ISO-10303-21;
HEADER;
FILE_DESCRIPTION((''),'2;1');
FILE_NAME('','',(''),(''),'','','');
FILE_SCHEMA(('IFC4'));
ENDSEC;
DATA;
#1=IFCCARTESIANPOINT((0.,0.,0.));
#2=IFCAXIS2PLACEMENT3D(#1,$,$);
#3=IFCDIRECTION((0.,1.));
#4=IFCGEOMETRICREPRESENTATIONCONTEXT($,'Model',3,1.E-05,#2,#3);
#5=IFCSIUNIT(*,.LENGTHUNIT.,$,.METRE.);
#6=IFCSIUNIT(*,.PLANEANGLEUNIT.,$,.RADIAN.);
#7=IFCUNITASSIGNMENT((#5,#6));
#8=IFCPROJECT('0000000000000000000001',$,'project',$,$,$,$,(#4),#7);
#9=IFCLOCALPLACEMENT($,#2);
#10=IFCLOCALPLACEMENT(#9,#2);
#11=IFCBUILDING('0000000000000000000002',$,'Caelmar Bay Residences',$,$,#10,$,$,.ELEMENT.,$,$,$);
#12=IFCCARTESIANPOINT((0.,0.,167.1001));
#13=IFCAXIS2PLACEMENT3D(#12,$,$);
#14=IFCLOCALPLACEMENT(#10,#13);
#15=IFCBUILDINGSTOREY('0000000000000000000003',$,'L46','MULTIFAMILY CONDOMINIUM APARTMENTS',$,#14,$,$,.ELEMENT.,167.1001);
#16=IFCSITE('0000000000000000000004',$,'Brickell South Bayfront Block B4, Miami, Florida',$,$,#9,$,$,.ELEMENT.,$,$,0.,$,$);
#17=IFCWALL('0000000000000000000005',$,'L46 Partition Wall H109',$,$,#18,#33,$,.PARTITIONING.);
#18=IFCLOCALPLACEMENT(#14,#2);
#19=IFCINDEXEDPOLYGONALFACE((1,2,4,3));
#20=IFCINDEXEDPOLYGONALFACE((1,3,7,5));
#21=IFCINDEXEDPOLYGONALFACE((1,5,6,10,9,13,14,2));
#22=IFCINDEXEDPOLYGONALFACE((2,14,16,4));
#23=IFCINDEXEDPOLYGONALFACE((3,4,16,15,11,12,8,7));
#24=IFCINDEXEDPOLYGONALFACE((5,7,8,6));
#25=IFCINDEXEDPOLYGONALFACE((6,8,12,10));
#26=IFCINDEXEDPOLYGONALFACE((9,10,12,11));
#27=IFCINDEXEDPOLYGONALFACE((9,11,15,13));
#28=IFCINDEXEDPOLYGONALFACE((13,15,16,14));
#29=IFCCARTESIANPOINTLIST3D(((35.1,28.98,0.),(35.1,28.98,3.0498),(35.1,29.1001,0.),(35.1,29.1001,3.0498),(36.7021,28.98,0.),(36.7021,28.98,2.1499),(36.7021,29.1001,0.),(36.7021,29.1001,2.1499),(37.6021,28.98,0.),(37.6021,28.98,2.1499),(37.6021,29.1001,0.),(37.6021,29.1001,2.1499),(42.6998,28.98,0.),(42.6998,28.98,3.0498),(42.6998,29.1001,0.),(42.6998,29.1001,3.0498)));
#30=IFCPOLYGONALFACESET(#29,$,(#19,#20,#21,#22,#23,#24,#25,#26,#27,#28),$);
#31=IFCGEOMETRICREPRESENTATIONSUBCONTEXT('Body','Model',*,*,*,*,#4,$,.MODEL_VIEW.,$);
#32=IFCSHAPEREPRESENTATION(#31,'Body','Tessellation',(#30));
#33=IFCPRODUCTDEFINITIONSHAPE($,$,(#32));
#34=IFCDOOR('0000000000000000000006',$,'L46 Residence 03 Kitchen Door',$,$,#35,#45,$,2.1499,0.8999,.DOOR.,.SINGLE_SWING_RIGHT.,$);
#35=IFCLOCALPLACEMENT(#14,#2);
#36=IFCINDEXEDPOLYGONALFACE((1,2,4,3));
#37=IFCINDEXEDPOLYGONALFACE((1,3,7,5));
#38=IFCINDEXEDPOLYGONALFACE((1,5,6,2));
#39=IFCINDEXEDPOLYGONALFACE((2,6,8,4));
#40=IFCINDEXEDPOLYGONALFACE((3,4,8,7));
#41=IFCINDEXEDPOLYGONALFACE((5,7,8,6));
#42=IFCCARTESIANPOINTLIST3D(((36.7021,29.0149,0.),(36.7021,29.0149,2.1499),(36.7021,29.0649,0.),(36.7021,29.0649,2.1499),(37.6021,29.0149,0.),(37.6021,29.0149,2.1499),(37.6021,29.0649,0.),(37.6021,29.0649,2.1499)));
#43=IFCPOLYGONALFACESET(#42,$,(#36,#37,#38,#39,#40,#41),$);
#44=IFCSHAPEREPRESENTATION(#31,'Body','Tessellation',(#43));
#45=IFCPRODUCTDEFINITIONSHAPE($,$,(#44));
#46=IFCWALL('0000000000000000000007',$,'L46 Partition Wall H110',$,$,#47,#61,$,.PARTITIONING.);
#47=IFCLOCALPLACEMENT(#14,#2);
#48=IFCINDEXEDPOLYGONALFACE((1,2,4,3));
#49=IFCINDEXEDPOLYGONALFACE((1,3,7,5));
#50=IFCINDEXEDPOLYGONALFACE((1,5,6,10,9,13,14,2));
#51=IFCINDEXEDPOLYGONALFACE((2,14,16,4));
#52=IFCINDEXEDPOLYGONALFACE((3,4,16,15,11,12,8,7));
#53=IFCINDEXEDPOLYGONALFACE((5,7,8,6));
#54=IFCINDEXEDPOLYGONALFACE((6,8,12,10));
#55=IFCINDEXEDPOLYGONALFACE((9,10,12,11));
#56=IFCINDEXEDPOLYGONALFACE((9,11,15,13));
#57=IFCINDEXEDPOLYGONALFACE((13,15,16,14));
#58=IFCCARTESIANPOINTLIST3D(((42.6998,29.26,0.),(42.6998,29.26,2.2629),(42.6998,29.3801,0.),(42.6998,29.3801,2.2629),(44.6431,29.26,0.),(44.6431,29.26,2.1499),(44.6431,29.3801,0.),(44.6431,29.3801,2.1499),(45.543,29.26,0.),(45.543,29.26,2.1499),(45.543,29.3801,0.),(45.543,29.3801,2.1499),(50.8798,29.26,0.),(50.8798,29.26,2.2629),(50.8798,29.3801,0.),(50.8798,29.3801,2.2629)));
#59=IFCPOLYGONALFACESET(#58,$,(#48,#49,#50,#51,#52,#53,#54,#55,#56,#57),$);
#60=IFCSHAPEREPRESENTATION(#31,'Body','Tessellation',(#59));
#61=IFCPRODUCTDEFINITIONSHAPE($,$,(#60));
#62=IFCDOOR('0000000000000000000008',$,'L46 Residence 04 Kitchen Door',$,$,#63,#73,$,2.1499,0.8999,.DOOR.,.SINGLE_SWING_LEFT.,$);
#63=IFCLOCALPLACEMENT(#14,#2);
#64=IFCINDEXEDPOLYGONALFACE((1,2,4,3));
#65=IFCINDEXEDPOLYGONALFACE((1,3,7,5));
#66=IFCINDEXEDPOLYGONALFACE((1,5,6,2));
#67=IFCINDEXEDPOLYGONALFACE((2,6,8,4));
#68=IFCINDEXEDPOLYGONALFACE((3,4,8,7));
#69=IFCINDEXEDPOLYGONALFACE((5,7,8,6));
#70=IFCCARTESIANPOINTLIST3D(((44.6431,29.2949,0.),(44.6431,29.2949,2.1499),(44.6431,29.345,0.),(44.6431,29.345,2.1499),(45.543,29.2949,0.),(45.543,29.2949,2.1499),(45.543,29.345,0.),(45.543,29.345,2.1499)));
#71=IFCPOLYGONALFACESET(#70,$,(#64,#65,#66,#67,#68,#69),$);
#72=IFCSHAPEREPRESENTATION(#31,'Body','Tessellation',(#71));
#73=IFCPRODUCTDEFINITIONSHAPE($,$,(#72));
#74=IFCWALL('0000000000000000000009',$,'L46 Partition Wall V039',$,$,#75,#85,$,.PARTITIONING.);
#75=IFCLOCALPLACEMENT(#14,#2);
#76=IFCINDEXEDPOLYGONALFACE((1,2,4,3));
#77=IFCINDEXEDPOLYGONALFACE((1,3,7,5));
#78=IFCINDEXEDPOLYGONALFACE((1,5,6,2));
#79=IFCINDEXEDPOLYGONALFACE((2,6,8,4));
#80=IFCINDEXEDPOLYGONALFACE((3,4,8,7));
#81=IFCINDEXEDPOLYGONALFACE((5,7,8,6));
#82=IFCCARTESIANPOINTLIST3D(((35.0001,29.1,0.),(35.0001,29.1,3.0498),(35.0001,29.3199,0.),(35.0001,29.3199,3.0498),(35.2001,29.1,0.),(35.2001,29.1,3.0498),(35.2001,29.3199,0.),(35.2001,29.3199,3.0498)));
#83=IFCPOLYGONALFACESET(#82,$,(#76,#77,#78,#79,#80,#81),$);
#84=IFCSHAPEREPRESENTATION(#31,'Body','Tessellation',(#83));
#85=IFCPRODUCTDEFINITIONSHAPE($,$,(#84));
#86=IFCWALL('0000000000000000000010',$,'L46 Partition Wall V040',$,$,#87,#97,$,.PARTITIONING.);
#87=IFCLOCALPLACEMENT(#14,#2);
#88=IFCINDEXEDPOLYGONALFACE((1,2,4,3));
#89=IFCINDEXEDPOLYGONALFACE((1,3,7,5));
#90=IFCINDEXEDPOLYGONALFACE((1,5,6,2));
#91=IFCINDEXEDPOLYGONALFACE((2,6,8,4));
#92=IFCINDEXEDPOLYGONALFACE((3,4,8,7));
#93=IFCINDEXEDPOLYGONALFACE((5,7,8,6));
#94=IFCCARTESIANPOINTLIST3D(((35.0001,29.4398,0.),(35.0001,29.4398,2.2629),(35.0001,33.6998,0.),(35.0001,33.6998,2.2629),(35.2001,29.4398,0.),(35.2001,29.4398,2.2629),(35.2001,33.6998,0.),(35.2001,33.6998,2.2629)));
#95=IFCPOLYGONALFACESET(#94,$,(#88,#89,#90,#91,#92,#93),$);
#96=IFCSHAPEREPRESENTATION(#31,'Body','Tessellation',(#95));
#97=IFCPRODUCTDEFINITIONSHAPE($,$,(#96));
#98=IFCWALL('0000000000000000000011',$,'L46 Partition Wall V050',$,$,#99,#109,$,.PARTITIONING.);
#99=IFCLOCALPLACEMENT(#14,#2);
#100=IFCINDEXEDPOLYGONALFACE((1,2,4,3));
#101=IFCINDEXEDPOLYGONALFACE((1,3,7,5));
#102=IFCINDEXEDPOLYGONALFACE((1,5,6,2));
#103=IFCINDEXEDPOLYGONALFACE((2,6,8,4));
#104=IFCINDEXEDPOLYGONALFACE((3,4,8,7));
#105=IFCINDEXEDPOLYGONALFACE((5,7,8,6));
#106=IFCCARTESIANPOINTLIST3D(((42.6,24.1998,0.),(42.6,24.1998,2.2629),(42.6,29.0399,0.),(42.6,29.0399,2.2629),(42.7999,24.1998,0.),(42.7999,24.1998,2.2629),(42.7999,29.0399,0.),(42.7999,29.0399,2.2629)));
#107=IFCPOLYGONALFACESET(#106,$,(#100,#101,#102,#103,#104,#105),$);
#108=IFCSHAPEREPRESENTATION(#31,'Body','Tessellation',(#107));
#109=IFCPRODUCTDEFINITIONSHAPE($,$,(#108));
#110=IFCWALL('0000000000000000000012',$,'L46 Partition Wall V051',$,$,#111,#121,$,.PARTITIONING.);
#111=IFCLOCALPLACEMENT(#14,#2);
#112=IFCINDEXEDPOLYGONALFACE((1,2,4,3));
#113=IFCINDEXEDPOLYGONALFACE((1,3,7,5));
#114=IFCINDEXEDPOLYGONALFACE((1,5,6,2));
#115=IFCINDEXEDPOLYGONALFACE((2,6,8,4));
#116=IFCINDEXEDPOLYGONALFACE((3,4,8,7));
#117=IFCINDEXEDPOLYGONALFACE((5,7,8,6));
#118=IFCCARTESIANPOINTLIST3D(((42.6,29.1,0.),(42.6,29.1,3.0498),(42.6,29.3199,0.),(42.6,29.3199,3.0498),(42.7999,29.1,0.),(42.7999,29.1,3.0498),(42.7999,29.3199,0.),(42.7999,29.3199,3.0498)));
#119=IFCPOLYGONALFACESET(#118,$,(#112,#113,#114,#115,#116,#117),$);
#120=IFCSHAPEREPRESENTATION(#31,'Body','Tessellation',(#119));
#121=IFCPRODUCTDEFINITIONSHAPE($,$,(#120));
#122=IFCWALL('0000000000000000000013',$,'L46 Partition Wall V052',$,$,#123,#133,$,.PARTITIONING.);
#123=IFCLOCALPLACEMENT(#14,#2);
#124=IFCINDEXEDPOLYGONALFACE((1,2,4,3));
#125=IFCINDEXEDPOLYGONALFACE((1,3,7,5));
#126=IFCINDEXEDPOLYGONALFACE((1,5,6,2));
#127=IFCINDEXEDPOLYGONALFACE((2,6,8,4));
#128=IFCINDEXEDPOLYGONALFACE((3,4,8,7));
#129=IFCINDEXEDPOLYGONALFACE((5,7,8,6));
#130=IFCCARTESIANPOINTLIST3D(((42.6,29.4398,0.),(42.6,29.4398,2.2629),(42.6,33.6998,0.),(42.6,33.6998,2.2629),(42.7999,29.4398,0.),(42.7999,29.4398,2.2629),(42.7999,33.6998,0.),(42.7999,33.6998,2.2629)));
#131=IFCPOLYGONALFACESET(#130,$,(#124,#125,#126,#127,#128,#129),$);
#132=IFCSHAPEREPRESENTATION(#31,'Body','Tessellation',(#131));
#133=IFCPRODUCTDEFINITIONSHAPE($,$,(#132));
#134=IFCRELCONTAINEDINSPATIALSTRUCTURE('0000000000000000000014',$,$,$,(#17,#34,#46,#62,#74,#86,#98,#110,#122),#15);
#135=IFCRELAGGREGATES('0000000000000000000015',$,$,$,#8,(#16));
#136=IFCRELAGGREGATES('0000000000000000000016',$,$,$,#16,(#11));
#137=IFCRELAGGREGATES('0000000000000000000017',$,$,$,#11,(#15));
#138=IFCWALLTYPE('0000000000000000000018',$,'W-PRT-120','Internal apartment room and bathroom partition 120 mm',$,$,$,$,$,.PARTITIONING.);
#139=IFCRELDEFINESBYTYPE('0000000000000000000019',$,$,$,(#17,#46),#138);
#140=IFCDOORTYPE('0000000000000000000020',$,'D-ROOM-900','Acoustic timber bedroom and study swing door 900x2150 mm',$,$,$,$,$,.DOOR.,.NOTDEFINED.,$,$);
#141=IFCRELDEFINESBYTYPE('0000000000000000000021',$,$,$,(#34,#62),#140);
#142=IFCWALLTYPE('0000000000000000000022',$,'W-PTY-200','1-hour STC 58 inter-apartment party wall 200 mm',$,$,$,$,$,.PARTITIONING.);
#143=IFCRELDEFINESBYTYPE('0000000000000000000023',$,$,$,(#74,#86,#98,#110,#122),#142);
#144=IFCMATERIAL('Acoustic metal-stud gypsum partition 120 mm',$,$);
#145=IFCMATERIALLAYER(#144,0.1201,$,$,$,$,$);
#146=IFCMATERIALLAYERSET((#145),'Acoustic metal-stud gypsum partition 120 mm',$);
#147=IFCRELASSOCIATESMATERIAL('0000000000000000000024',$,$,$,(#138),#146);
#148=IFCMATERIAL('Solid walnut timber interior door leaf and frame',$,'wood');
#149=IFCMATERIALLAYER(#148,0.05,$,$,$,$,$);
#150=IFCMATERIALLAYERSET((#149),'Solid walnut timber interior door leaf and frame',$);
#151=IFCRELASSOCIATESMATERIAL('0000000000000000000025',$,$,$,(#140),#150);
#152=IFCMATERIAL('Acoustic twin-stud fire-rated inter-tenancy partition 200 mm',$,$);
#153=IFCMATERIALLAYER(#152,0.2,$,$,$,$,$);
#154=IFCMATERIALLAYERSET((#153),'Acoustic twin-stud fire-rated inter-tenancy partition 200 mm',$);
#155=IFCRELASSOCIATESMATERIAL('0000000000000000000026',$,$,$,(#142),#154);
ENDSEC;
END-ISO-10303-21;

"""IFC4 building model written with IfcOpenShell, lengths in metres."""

from ifc_helpers import new_model, si_unit, direction, frame, frame_2d, origin, place, context, subcontext, project, spatial, rectangle, extrude, material, layer, layer_set, type_object, element, fill, save


model = new_model("IFC4")

# Units and contexts
model_context = context("Model", 3, precision=1e-05, world=origin(), true_north=direction((0.0, 1.0)))
body_context = subcontext(model_context, "Body", "Model", "MODEL_VIEW")
ifc_project = project(units=[si_unit("LENGTHUNIT", "METRE"), si_unit("PLANEANGLEUNIT", "RADIAN")], contexts=[model_context])

# Site, building, storey
site_placement = place(None, origin())
site = spatial("IfcSite", under=ifc_project, at=site_placement, Name="Brickell South Bayfront Block B4, Miami, Florida", CompositionType="ELEMENT", RefElevation=0.0)
building_placement = place(site_placement, origin())
building = spatial("IfcBuilding", under=site, at=building_placement, Name="Caelmar Bay Residences", CompositionType="ELEMENT")
storey_placement = place(building_placement, frame((0.0, 0.0, 167.1001)))
storey = spatial("IfcBuildingStorey", under=building, at=storey_placement, Name="L46", Description="MULTIFAMILY CONDOMINIUM APARTMENTS", CompositionType="ELEMENT", Elevation=167.1001)

# Shared definitions
ifc_material_1 = material(Name="Acoustic metal-stud gypsum partition 120 mm")
ifc_layer_1 = layer(ifc_material_1, 0.1201)
ifc_layer_set_1 = layer_set([ifc_layer_1], Name="Acoustic metal-stud gypsum partition 120 mm")
wall_type_1 = type_object("IfcWallType", Name="W-PRT-120", Description="Internal apartment room and bathroom partition 120 mm", PredefinedType="PARTITIONING", material=ifc_layer_set_1)
ifc_material_2 = material(Name="Solid walnut timber interior door leaf and frame", Category="wood")
ifc_layer_2 = layer(ifc_material_2, 0.05)
ifc_layer_set_2 = layer_set([ifc_layer_2], Name="Solid walnut timber interior door leaf and frame")
door_type_1 = type_object("IfcDoorType", Name="D-ROOM-900", Description="Acoustic timber bedroom and study swing door 900x2150 mm", OperationType="NOTDEFINED", PredefinedType="DOOR", material=ifc_layer_set_2)

# Walls, openings, doors
wall_1_placement = place(storey_placement, frame((35.1001, 29.04, 0.0), z_axis=(0.0, 0.0, 1.0), x_axis=(1.0, 0.0, 0.0)))
wall_1 = element("IfcWall", 1, at=wall_1_placement, inside=storey, type_object=wall_type_1, Name="L46 Partition Wall H109", PredefinedType="PARTITIONING", context=body_context, shape_type="SweptSolid", body=[
    extrude(rectangle(XDim=7.5999, YDim=0.1201, at=frame_2d((3.7998, 0.0))), origin(), (0.0, 0.0, 1.0), 3.0498),
])
opening_1_placement = place(wall_1_placement, frame((1.6021, 0.0, 0.0)))
opening_1 = element("IfcOpeningElement", 2, at=opening_1_placement, cuts=wall_1, PredefinedType="OPENING", context=body_context, shape_type="SweptSolid", body=[
    extrude(rectangle(XDim=0.8999, YDim=2.1499, at=frame_2d((0.45, 1.075))), frame((0.0, 0.0701, 0.0), z_axis=(0.0, -1.0, 0.0), x_axis=(1.0, 0.0, 0.0)), (0.0, 0.0, 1.0), 0.1401),
])
door_1_placement = place(opening_1_placement, origin())
door_1 = element("IfcDoor", 3, at=door_1_placement, inside=storey, type_object=door_type_1, Name="L46 Residence 03 Kitchen Door", OperationType="SINGLE_SWING_RIGHT", OverallHeight=2.1499, OverallWidth=0.8999, PredefinedType="DOOR", context=body_context, shape_type="SweptSolid", body=[
    extrude(rectangle(XDim=0.8999, YDim=2.1499, at=frame_2d((0.45, 1.075))), frame((0.0, 0.0249, 0.0), z_axis=(0.0, -1.0, 0.0), x_axis=(1.0, 0.0, 0.0)), (0.0, 0.0, 1.0), 0.05),
])
fill(opening_1, door_1)
wall_2_placement = place(storey_placement, frame((42.7, 29.3201, 0.0), z_axis=(0.0, 0.0, 1.0), x_axis=(1.0, 0.0, 0.0)))
wall_2 = element("IfcWall", 4, at=wall_2_placement, inside=storey, type_object=wall_type_1, Name="L46 Partition Wall H110", PredefinedType="PARTITIONING", context=body_context, shape_type="SweptSolid", body=[
    extrude(rectangle(XDim=8.1799, YDim=0.1201, at=frame_2d((4.0898, 0.0))), origin(), (0.0, 0.0, 1.0), 2.2629),
])
opening_2_placement = place(wall_2_placement, frame((1.9431, 0.0, 0.0)))
opening_2 = element("IfcOpeningElement", 5, at=opening_2_placement, cuts=wall_2, PredefinedType="OPENING", context=body_context, shape_type="SweptSolid", body=[
    extrude(rectangle(XDim=0.8999, YDim=2.1499, at=frame_2d((0.45, 1.075))), frame((0.0, 0.0701, 0.0), z_axis=(0.0, -1.0, 0.0), x_axis=(1.0, 0.0, 0.0)), (0.0, 0.0, 1.0), 0.1401),
])
door_2_placement = place(opening_2_placement, origin())
door_2 = element("IfcDoor", 6, at=door_2_placement, inside=storey, type_object=door_type_1, Name="L46 Residence 04 Kitchen Door", OperationType="SINGLE_SWING_LEFT", OverallHeight=2.1499, OverallWidth=0.8999, PredefinedType="DOOR", context=body_context, shape_type="SweptSolid", body=[
    extrude(rectangle(XDim=0.8999, YDim=2.1499, at=frame_2d((0.45, 1.075))), frame((0.0, 0.0249, 0.0), z_axis=(0.0, -1.0, 0.0), x_axis=(1.0, 0.0, 0.0)), (0.0, 0.0, 1.0), 0.05),
])
fill(opening_2, door_2)

# Walls
ifc_material_3 = material(Name="Acoustic twin-stud fire-rated inter-tenancy partition 200 mm")
ifc_layer_3 = layer(ifc_material_3, 0.2)
ifc_layer_set_3 = layer_set([ifc_layer_3], Name="Acoustic twin-stud fire-rated inter-tenancy partition 200 mm")
wall_type_2 = type_object("IfcWallType", Name="W-PTY-200", Description="1-hour STC 58 inter-apartment party wall 200 mm", PredefinedType="PARTITIONING", material=ifc_layer_set_3)
wall_3_placement = place(storey_placement, frame((35.1001, 29.1001, 0.0), z_axis=(0.0, 0.0, 1.0), x_axis=(0.0, 1.0, 0.0)))
element("IfcWall", 7, at=wall_3_placement, inside=storey, type_object=wall_type_2, Name="L46 Partition Wall V039", PredefinedType="PARTITIONING", context=body_context, shape_type="SweptSolid", body=[
    extrude(rectangle(XDim=0.22, YDim=0.2, at=frame_2d((0.1099, 0.0))), origin(), (0.0, 0.0, 1.0), 3.0498),
])
wall_4_placement = place(storey_placement, frame((35.1001, 29.4399, 0.0), z_axis=(0.0, 0.0, 1.0), x_axis=(0.0, 1.0, 0.0)))
element("IfcWall", 8, at=wall_4_placement, inside=storey, type_object=wall_type_2, Name="L46 Partition Wall V040", PredefinedType="PARTITIONING", context=body_context, shape_type="SweptSolid", body=[
    extrude(rectangle(XDim=4.26, YDim=0.2, at=frame_2d((2.1299, 0.0))), origin(), (0.0, 0.0, 1.0), 2.2629),
])
wall_5_placement = place(storey_placement, frame((42.7, 24.2, 0.0), z_axis=(0.0, 0.0, 1.0), x_axis=(0.0, 1.0, 0.0)))
element("IfcWall", 9, at=wall_5_placement, inside=storey, type_object=wall_type_2, Name="L46 Partition Wall V050", PredefinedType="PARTITIONING", context=body_context, shape_type="SweptSolid", body=[
    extrude(rectangle(XDim=4.8401, YDim=0.2, at=frame_2d((2.4199, 0.0))), origin(), (0.0, 0.0, 1.0), 2.2629),
])
wall_6_placement = place(storey_placement, frame((42.7, 29.1001, 0.0), z_axis=(0.0, 0.0, 1.0), x_axis=(0.0, 1.0, 0.0)))
element("IfcWall", 10, at=wall_6_placement, inside=storey, type_object=wall_type_2, Name="L46 Partition Wall V051", PredefinedType="PARTITIONING", context=body_context, shape_type="SweptSolid", body=[
    extrude(rectangle(XDim=0.22, YDim=0.2, at=frame_2d((0.1099, 0.0))), origin(), (0.0, 0.0, 1.0), 3.0498),
])
wall_7_placement = place(storey_placement, frame((42.7, 29.4399, 0.0), z_axis=(0.0, 0.0, 1.0), x_axis=(0.0, 1.0, 0.0)))
element("IfcWall", 11, at=wall_7_placement, inside=storey, type_object=wall_type_2, Name="L46 Partition Wall V052", PredefinedType="PARTITIONING", context=body_context, shape_type="SweptSolid", body=[
    extrude(rectangle(XDim=4.26, YDim=0.2, at=frame_2d((2.1299, 0.0))), origin(), (0.0, 0.0, 1.0), 2.2629),
])

save(model, "model.ifc")
